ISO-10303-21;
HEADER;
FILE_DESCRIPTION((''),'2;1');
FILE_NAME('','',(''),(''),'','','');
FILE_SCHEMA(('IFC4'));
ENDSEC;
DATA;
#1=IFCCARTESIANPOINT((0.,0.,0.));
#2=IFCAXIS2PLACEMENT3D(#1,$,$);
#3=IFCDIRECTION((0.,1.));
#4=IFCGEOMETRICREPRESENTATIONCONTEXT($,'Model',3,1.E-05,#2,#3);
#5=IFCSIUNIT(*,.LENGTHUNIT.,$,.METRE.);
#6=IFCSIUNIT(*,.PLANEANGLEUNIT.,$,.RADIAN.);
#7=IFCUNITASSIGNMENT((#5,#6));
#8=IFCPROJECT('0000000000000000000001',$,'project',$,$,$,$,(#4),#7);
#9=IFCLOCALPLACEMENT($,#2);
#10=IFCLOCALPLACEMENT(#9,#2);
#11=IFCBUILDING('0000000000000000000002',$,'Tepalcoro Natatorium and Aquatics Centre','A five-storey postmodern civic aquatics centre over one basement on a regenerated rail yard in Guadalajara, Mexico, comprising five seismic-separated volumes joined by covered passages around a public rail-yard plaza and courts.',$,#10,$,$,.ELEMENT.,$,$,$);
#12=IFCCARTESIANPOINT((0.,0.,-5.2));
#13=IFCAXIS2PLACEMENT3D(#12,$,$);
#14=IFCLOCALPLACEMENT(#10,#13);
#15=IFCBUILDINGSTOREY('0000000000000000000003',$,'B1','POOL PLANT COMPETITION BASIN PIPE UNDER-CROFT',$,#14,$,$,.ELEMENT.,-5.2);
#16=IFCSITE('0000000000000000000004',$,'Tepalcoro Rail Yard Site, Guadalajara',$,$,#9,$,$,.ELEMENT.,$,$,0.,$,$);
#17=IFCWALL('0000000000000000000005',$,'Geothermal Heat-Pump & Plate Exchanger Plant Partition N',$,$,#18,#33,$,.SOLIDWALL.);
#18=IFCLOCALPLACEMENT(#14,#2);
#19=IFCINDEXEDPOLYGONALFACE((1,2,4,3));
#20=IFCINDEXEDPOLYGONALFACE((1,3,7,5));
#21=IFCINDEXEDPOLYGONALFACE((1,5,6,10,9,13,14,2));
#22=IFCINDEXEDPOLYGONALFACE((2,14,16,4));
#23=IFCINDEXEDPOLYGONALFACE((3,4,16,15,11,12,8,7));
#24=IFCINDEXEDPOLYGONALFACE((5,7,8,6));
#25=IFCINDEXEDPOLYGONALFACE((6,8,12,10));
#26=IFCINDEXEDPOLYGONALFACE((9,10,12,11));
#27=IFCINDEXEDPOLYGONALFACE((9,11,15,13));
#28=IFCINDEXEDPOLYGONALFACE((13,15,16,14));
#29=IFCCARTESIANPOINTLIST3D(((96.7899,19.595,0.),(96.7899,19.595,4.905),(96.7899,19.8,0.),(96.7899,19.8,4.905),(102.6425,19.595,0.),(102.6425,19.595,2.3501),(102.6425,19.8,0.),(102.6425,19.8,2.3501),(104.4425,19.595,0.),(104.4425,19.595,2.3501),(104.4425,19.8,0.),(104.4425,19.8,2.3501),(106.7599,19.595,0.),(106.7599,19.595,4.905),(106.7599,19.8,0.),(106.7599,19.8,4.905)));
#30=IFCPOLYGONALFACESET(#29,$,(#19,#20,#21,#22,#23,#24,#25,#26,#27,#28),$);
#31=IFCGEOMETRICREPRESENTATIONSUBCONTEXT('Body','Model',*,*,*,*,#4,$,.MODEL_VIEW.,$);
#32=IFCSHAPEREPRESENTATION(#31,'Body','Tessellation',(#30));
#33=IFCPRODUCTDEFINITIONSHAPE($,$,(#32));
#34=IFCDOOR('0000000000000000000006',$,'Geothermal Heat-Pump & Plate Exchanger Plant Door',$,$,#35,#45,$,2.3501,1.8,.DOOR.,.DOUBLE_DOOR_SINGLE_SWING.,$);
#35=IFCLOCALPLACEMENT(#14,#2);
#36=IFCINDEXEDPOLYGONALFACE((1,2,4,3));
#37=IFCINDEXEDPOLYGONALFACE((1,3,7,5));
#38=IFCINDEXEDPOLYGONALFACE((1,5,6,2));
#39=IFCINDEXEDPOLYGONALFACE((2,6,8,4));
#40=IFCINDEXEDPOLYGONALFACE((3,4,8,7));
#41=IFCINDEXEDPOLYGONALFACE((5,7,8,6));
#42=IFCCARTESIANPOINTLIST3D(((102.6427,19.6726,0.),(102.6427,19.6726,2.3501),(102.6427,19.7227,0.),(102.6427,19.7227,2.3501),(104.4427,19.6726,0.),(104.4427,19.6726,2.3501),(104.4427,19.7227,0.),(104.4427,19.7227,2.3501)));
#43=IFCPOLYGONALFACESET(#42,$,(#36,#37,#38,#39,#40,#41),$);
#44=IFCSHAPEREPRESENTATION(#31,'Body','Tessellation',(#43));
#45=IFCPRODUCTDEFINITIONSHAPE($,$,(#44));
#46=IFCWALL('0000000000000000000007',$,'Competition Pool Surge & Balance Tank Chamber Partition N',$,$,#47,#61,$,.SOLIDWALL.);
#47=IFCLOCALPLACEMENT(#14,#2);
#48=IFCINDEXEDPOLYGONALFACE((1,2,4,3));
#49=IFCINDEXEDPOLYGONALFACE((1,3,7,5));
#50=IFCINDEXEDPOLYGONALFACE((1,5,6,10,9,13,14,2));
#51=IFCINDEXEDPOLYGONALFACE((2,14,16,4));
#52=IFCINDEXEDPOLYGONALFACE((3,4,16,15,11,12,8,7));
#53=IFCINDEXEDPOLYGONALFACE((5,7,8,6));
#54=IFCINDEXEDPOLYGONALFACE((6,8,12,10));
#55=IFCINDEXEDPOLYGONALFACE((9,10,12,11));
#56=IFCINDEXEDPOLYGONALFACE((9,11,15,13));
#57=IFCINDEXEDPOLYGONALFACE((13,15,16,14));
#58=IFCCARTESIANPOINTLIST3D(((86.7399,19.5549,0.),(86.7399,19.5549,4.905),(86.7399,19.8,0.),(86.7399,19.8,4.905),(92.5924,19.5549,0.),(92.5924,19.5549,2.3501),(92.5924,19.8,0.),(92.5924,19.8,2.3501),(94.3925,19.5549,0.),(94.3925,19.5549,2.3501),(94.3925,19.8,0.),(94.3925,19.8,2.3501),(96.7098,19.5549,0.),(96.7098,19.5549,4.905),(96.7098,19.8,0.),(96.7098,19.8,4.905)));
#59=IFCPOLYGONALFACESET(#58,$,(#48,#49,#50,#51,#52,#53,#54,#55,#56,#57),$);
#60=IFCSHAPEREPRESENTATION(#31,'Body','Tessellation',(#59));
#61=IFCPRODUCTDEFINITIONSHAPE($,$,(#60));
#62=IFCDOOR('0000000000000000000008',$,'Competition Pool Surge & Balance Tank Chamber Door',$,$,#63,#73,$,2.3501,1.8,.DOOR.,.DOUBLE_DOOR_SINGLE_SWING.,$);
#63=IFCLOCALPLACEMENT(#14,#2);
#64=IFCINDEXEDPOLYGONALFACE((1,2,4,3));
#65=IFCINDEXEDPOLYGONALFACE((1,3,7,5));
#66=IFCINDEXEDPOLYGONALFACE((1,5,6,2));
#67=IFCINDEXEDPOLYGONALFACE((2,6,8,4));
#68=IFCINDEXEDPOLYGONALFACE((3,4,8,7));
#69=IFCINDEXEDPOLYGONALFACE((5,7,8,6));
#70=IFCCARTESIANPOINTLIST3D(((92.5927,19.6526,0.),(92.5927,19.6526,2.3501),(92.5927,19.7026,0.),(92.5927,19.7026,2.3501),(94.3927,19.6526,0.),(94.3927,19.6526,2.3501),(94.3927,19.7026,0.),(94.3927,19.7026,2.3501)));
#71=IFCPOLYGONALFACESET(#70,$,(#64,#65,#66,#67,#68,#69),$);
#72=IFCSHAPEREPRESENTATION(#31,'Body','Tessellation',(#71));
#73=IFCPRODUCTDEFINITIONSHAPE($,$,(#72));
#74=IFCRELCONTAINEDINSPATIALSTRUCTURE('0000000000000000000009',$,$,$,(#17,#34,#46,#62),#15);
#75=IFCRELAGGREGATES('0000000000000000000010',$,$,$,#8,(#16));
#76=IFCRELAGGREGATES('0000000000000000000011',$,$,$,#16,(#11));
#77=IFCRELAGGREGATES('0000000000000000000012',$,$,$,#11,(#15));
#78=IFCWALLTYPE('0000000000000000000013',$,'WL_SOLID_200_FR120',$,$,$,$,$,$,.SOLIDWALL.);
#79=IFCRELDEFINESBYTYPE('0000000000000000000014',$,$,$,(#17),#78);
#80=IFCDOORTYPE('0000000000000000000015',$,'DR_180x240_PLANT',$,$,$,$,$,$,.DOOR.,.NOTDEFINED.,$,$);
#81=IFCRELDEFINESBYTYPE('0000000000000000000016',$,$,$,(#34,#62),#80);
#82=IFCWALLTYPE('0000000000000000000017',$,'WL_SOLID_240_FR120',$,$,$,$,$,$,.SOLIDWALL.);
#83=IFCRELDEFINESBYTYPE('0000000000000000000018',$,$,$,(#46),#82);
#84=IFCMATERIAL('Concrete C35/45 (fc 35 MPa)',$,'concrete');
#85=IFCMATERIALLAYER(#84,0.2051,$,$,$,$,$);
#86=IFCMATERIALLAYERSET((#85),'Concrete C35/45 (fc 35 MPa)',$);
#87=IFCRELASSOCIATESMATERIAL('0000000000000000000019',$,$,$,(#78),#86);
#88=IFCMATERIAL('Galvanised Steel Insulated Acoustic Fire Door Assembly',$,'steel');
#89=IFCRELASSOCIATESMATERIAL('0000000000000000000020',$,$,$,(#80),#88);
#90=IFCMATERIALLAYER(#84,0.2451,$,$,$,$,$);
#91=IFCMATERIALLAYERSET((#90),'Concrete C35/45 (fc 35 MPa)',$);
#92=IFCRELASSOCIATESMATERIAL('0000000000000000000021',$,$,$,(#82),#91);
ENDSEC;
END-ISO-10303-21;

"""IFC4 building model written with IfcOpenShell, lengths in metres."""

from ifc_helpers import new_model, si_unit, direction, frame, frame_2d, origin, place, context, subcontext, project, spatial, rectangle, extrude, material, layer, layer_set, type_object, element, fill, save


model = new_model("IFC4")

# Units and contexts
model_context = context("Model", 3, precision=1e-05, world=origin(), true_north=direction((0.0, 1.0)))
body_context = subcontext(model_context, "Body", "Model", "MODEL_VIEW")
ifc_project = project(units=[si_unit("LENGTHUNIT", "METRE"), si_unit("PLANEANGLEUNIT", "RADIAN")], contexts=[model_context])

# Site, building, storey
site_placement = place(None, origin())
site = spatial("IfcSite", under=ifc_project, at=site_placement, Name="Tepalcoro Rail Yard Site, Guadalajara", CompositionType="ELEMENT", RefElevation=0.0)
building_placement = place(site_placement, origin())
building = spatial("IfcBuilding", under=site, at=building_placement, Name="Tepalcoro Natatorium and Aquatics Centre", Description="A five-storey postmodern civic aquatics centre over one basement on a regenerated rail yard in Guadalajara, Mexico, comprising five seismic-separated volumes joined by covered passages around a public rail-yard plaza and courts.", CompositionType="ELEMENT")
storey_placement = place(building_placement, frame((0.0, 0.0, -5.2)))
storey = spatial("IfcBuildingStorey", under=building, at=storey_placement, Name="B1", Description="POOL PLANT COMPETITION BASIN PIPE UNDER-CROFT", CompositionType="ELEMENT", Elevation=-5.2)

# Walls, openings, doors
ifc_material_1 = material(Name="Concrete C35/45 (fc 35 MPa)", Category="concrete")
ifc_layer_1 = layer(ifc_material_1, 0.2051)
ifc_layer_set_1 = layer_set([ifc_layer_1], Name="Concrete C35/45 (fc 35 MPa)")
wall_type_1 = type_object("IfcWallType", Name="WL_SOLID_200_FR120", PredefinedType="SOLIDWALL", material=ifc_layer_set_1)
wall_1_placement = place(storey_placement, frame((96.79, 19.6975, 0.0), z_axis=(0.0, 0.0, 1.0), x_axis=(1.0, 0.0, 0.0)))
wall_1 = element("IfcWall", 1, at=wall_1_placement, inside=storey, type_object=wall_type_1, Name="Geothermal Heat-Pump & Plate Exchanger Plant Partition N", PredefinedType="SOLIDWALL", context=body_context, shape_type="SweptSolid", body=[
    extrude(rectangle(XDim=9.97, YDim=0.2051, at=frame_2d((4.9849, 0.0))), origin(), (0.0, 0.0, 1.0), 4.905),
])
opening_1_placement = place(wall_1_placement, frame((5.8525, 0.0, 0.0)))
opening_1 = element("IfcOpeningElement", 2, at=opening_1_placement, cuts=wall_1, PredefinedType="OPENING", context=body_context, shape_type="SweptSolid", body=[
    extrude(rectangle(XDim=1.8, YDim=2.3501, at=frame_2d((0.8999, 1.175))), frame((0.0, 0.1145, 0.0), z_axis=(0.0, -1.0, 0.0), x_axis=(1.0, 0.0, 0.0)), (0.0, 0.0, 1.0), 0.229),
])
ifc_material_2 = material(Name="Galvanised Steel Insulated Acoustic Fire Door Assembly", Category="steel")
door_type = type_object("IfcDoorType", Name="DR_180x240_PLANT", OperationType="NOTDEFINED", PredefinedType="DOOR", material=ifc_material_2)
door_1_placement = place(opening_1_placement, frame((1.8, 0.0, 0.0), z_axis=(0.0, 0.0, 1.0), x_axis=(-1.0, 0.0, 0.0)))
door_1 = element("IfcDoor", 3, at=door_1_placement, inside=storey, type_object=door_type, Name="Geothermal Heat-Pump & Plate Exchanger Plant Door", OperationType="DOUBLE_DOOR_SINGLE_SWING", OverallHeight=2.3501, OverallWidth=1.8, PredefinedType="DOOR", context=body_context, shape_type="SweptSolid", body=[
    extrude(rectangle(XDim=1.8, YDim=2.3501, at=frame_2d((0.8999, 1.175))), frame((0.0, 0.0249, 0.0), z_axis=(0.0, -1.0, 0.0), x_axis=(1.0, 0.0, 0.0)), (0.0, 0.0, 1.0), 0.05),
])
fill(opening_1, door_1)
ifc_layer_2 = layer(ifc_material_1, 0.2451)
ifc_layer_set_2 = layer_set([ifc_layer_2], Name="Concrete C35/45 (fc 35 MPa)")
wall_type_2 = type_object("IfcWallType", Name="WL_SOLID_240_FR120", PredefinedType="SOLIDWALL", material=ifc_layer_set_2)
wall_2_placement = place(storey_placement, frame((86.74, 19.6775, 0.0), z_axis=(0.0, 0.0, 1.0), x_axis=(1.0, 0.0, 0.0)))
wall_2 = element("IfcWall", 4, at=wall_2_placement, inside=storey, type_object=wall_type_2, Name="Competition Pool Surge & Balance Tank Chamber Partition N", PredefinedType="SOLIDWALL", context=body_context, shape_type="SweptSolid", body=[
    extrude(rectangle(XDim=9.97, YDim=0.2451, at=frame_2d((4.9849, 0.0))), origin(), (0.0, 0.0, 1.0), 4.905),
])
opening_2_placement = place(wall_2_placement, frame((5.8525, 0.0, 0.0)))
opening_2 = element("IfcOpeningElement", 5, at=opening_2_placement, cuts=wall_2, PredefinedType="OPENING", context=body_context, shape_type="SweptSolid", body=[
    extrude(rectangle(XDim=1.8, YDim=2.3501, at=frame_2d((0.8999, 1.175))), frame((0.0, 0.1345, 0.0), z_axis=(0.0, -1.0, 0.0), x_axis=(1.0, 0.0, 0.0)), (0.0, 0.0, 1.0), 0.269),
])
door_2_placement = place(opening_2_placement, frame((1.8, 0.0, 0.0), z_axis=(0.0, 0.0, 1.0), x_axis=(-1.0, 0.0, 0.0)))
door_2 = element("IfcDoor", 6, at=door_2_placement, inside=storey, type_object=door_type, Name="Competition Pool Surge & Balance Tank Chamber Door", OperationType="DOUBLE_DOOR_SINGLE_SWING", OverallHeight=2.3501, OverallWidth=1.8, PredefinedType="DOOR", context=body_context, shape_type="SweptSolid", body=[
    extrude(rectangle(XDim=1.8, YDim=2.3501, at=frame_2d((0.8999, 1.175))), frame((0.0, 0.0249, 0.0), z_axis=(0.0, -1.0, 0.0), x_axis=(1.0, 0.0, 0.0)), (0.0, 0.0, 1.0), 0.05),
])
fill(opening_2, door_2)

save(model, "model.ifc")
